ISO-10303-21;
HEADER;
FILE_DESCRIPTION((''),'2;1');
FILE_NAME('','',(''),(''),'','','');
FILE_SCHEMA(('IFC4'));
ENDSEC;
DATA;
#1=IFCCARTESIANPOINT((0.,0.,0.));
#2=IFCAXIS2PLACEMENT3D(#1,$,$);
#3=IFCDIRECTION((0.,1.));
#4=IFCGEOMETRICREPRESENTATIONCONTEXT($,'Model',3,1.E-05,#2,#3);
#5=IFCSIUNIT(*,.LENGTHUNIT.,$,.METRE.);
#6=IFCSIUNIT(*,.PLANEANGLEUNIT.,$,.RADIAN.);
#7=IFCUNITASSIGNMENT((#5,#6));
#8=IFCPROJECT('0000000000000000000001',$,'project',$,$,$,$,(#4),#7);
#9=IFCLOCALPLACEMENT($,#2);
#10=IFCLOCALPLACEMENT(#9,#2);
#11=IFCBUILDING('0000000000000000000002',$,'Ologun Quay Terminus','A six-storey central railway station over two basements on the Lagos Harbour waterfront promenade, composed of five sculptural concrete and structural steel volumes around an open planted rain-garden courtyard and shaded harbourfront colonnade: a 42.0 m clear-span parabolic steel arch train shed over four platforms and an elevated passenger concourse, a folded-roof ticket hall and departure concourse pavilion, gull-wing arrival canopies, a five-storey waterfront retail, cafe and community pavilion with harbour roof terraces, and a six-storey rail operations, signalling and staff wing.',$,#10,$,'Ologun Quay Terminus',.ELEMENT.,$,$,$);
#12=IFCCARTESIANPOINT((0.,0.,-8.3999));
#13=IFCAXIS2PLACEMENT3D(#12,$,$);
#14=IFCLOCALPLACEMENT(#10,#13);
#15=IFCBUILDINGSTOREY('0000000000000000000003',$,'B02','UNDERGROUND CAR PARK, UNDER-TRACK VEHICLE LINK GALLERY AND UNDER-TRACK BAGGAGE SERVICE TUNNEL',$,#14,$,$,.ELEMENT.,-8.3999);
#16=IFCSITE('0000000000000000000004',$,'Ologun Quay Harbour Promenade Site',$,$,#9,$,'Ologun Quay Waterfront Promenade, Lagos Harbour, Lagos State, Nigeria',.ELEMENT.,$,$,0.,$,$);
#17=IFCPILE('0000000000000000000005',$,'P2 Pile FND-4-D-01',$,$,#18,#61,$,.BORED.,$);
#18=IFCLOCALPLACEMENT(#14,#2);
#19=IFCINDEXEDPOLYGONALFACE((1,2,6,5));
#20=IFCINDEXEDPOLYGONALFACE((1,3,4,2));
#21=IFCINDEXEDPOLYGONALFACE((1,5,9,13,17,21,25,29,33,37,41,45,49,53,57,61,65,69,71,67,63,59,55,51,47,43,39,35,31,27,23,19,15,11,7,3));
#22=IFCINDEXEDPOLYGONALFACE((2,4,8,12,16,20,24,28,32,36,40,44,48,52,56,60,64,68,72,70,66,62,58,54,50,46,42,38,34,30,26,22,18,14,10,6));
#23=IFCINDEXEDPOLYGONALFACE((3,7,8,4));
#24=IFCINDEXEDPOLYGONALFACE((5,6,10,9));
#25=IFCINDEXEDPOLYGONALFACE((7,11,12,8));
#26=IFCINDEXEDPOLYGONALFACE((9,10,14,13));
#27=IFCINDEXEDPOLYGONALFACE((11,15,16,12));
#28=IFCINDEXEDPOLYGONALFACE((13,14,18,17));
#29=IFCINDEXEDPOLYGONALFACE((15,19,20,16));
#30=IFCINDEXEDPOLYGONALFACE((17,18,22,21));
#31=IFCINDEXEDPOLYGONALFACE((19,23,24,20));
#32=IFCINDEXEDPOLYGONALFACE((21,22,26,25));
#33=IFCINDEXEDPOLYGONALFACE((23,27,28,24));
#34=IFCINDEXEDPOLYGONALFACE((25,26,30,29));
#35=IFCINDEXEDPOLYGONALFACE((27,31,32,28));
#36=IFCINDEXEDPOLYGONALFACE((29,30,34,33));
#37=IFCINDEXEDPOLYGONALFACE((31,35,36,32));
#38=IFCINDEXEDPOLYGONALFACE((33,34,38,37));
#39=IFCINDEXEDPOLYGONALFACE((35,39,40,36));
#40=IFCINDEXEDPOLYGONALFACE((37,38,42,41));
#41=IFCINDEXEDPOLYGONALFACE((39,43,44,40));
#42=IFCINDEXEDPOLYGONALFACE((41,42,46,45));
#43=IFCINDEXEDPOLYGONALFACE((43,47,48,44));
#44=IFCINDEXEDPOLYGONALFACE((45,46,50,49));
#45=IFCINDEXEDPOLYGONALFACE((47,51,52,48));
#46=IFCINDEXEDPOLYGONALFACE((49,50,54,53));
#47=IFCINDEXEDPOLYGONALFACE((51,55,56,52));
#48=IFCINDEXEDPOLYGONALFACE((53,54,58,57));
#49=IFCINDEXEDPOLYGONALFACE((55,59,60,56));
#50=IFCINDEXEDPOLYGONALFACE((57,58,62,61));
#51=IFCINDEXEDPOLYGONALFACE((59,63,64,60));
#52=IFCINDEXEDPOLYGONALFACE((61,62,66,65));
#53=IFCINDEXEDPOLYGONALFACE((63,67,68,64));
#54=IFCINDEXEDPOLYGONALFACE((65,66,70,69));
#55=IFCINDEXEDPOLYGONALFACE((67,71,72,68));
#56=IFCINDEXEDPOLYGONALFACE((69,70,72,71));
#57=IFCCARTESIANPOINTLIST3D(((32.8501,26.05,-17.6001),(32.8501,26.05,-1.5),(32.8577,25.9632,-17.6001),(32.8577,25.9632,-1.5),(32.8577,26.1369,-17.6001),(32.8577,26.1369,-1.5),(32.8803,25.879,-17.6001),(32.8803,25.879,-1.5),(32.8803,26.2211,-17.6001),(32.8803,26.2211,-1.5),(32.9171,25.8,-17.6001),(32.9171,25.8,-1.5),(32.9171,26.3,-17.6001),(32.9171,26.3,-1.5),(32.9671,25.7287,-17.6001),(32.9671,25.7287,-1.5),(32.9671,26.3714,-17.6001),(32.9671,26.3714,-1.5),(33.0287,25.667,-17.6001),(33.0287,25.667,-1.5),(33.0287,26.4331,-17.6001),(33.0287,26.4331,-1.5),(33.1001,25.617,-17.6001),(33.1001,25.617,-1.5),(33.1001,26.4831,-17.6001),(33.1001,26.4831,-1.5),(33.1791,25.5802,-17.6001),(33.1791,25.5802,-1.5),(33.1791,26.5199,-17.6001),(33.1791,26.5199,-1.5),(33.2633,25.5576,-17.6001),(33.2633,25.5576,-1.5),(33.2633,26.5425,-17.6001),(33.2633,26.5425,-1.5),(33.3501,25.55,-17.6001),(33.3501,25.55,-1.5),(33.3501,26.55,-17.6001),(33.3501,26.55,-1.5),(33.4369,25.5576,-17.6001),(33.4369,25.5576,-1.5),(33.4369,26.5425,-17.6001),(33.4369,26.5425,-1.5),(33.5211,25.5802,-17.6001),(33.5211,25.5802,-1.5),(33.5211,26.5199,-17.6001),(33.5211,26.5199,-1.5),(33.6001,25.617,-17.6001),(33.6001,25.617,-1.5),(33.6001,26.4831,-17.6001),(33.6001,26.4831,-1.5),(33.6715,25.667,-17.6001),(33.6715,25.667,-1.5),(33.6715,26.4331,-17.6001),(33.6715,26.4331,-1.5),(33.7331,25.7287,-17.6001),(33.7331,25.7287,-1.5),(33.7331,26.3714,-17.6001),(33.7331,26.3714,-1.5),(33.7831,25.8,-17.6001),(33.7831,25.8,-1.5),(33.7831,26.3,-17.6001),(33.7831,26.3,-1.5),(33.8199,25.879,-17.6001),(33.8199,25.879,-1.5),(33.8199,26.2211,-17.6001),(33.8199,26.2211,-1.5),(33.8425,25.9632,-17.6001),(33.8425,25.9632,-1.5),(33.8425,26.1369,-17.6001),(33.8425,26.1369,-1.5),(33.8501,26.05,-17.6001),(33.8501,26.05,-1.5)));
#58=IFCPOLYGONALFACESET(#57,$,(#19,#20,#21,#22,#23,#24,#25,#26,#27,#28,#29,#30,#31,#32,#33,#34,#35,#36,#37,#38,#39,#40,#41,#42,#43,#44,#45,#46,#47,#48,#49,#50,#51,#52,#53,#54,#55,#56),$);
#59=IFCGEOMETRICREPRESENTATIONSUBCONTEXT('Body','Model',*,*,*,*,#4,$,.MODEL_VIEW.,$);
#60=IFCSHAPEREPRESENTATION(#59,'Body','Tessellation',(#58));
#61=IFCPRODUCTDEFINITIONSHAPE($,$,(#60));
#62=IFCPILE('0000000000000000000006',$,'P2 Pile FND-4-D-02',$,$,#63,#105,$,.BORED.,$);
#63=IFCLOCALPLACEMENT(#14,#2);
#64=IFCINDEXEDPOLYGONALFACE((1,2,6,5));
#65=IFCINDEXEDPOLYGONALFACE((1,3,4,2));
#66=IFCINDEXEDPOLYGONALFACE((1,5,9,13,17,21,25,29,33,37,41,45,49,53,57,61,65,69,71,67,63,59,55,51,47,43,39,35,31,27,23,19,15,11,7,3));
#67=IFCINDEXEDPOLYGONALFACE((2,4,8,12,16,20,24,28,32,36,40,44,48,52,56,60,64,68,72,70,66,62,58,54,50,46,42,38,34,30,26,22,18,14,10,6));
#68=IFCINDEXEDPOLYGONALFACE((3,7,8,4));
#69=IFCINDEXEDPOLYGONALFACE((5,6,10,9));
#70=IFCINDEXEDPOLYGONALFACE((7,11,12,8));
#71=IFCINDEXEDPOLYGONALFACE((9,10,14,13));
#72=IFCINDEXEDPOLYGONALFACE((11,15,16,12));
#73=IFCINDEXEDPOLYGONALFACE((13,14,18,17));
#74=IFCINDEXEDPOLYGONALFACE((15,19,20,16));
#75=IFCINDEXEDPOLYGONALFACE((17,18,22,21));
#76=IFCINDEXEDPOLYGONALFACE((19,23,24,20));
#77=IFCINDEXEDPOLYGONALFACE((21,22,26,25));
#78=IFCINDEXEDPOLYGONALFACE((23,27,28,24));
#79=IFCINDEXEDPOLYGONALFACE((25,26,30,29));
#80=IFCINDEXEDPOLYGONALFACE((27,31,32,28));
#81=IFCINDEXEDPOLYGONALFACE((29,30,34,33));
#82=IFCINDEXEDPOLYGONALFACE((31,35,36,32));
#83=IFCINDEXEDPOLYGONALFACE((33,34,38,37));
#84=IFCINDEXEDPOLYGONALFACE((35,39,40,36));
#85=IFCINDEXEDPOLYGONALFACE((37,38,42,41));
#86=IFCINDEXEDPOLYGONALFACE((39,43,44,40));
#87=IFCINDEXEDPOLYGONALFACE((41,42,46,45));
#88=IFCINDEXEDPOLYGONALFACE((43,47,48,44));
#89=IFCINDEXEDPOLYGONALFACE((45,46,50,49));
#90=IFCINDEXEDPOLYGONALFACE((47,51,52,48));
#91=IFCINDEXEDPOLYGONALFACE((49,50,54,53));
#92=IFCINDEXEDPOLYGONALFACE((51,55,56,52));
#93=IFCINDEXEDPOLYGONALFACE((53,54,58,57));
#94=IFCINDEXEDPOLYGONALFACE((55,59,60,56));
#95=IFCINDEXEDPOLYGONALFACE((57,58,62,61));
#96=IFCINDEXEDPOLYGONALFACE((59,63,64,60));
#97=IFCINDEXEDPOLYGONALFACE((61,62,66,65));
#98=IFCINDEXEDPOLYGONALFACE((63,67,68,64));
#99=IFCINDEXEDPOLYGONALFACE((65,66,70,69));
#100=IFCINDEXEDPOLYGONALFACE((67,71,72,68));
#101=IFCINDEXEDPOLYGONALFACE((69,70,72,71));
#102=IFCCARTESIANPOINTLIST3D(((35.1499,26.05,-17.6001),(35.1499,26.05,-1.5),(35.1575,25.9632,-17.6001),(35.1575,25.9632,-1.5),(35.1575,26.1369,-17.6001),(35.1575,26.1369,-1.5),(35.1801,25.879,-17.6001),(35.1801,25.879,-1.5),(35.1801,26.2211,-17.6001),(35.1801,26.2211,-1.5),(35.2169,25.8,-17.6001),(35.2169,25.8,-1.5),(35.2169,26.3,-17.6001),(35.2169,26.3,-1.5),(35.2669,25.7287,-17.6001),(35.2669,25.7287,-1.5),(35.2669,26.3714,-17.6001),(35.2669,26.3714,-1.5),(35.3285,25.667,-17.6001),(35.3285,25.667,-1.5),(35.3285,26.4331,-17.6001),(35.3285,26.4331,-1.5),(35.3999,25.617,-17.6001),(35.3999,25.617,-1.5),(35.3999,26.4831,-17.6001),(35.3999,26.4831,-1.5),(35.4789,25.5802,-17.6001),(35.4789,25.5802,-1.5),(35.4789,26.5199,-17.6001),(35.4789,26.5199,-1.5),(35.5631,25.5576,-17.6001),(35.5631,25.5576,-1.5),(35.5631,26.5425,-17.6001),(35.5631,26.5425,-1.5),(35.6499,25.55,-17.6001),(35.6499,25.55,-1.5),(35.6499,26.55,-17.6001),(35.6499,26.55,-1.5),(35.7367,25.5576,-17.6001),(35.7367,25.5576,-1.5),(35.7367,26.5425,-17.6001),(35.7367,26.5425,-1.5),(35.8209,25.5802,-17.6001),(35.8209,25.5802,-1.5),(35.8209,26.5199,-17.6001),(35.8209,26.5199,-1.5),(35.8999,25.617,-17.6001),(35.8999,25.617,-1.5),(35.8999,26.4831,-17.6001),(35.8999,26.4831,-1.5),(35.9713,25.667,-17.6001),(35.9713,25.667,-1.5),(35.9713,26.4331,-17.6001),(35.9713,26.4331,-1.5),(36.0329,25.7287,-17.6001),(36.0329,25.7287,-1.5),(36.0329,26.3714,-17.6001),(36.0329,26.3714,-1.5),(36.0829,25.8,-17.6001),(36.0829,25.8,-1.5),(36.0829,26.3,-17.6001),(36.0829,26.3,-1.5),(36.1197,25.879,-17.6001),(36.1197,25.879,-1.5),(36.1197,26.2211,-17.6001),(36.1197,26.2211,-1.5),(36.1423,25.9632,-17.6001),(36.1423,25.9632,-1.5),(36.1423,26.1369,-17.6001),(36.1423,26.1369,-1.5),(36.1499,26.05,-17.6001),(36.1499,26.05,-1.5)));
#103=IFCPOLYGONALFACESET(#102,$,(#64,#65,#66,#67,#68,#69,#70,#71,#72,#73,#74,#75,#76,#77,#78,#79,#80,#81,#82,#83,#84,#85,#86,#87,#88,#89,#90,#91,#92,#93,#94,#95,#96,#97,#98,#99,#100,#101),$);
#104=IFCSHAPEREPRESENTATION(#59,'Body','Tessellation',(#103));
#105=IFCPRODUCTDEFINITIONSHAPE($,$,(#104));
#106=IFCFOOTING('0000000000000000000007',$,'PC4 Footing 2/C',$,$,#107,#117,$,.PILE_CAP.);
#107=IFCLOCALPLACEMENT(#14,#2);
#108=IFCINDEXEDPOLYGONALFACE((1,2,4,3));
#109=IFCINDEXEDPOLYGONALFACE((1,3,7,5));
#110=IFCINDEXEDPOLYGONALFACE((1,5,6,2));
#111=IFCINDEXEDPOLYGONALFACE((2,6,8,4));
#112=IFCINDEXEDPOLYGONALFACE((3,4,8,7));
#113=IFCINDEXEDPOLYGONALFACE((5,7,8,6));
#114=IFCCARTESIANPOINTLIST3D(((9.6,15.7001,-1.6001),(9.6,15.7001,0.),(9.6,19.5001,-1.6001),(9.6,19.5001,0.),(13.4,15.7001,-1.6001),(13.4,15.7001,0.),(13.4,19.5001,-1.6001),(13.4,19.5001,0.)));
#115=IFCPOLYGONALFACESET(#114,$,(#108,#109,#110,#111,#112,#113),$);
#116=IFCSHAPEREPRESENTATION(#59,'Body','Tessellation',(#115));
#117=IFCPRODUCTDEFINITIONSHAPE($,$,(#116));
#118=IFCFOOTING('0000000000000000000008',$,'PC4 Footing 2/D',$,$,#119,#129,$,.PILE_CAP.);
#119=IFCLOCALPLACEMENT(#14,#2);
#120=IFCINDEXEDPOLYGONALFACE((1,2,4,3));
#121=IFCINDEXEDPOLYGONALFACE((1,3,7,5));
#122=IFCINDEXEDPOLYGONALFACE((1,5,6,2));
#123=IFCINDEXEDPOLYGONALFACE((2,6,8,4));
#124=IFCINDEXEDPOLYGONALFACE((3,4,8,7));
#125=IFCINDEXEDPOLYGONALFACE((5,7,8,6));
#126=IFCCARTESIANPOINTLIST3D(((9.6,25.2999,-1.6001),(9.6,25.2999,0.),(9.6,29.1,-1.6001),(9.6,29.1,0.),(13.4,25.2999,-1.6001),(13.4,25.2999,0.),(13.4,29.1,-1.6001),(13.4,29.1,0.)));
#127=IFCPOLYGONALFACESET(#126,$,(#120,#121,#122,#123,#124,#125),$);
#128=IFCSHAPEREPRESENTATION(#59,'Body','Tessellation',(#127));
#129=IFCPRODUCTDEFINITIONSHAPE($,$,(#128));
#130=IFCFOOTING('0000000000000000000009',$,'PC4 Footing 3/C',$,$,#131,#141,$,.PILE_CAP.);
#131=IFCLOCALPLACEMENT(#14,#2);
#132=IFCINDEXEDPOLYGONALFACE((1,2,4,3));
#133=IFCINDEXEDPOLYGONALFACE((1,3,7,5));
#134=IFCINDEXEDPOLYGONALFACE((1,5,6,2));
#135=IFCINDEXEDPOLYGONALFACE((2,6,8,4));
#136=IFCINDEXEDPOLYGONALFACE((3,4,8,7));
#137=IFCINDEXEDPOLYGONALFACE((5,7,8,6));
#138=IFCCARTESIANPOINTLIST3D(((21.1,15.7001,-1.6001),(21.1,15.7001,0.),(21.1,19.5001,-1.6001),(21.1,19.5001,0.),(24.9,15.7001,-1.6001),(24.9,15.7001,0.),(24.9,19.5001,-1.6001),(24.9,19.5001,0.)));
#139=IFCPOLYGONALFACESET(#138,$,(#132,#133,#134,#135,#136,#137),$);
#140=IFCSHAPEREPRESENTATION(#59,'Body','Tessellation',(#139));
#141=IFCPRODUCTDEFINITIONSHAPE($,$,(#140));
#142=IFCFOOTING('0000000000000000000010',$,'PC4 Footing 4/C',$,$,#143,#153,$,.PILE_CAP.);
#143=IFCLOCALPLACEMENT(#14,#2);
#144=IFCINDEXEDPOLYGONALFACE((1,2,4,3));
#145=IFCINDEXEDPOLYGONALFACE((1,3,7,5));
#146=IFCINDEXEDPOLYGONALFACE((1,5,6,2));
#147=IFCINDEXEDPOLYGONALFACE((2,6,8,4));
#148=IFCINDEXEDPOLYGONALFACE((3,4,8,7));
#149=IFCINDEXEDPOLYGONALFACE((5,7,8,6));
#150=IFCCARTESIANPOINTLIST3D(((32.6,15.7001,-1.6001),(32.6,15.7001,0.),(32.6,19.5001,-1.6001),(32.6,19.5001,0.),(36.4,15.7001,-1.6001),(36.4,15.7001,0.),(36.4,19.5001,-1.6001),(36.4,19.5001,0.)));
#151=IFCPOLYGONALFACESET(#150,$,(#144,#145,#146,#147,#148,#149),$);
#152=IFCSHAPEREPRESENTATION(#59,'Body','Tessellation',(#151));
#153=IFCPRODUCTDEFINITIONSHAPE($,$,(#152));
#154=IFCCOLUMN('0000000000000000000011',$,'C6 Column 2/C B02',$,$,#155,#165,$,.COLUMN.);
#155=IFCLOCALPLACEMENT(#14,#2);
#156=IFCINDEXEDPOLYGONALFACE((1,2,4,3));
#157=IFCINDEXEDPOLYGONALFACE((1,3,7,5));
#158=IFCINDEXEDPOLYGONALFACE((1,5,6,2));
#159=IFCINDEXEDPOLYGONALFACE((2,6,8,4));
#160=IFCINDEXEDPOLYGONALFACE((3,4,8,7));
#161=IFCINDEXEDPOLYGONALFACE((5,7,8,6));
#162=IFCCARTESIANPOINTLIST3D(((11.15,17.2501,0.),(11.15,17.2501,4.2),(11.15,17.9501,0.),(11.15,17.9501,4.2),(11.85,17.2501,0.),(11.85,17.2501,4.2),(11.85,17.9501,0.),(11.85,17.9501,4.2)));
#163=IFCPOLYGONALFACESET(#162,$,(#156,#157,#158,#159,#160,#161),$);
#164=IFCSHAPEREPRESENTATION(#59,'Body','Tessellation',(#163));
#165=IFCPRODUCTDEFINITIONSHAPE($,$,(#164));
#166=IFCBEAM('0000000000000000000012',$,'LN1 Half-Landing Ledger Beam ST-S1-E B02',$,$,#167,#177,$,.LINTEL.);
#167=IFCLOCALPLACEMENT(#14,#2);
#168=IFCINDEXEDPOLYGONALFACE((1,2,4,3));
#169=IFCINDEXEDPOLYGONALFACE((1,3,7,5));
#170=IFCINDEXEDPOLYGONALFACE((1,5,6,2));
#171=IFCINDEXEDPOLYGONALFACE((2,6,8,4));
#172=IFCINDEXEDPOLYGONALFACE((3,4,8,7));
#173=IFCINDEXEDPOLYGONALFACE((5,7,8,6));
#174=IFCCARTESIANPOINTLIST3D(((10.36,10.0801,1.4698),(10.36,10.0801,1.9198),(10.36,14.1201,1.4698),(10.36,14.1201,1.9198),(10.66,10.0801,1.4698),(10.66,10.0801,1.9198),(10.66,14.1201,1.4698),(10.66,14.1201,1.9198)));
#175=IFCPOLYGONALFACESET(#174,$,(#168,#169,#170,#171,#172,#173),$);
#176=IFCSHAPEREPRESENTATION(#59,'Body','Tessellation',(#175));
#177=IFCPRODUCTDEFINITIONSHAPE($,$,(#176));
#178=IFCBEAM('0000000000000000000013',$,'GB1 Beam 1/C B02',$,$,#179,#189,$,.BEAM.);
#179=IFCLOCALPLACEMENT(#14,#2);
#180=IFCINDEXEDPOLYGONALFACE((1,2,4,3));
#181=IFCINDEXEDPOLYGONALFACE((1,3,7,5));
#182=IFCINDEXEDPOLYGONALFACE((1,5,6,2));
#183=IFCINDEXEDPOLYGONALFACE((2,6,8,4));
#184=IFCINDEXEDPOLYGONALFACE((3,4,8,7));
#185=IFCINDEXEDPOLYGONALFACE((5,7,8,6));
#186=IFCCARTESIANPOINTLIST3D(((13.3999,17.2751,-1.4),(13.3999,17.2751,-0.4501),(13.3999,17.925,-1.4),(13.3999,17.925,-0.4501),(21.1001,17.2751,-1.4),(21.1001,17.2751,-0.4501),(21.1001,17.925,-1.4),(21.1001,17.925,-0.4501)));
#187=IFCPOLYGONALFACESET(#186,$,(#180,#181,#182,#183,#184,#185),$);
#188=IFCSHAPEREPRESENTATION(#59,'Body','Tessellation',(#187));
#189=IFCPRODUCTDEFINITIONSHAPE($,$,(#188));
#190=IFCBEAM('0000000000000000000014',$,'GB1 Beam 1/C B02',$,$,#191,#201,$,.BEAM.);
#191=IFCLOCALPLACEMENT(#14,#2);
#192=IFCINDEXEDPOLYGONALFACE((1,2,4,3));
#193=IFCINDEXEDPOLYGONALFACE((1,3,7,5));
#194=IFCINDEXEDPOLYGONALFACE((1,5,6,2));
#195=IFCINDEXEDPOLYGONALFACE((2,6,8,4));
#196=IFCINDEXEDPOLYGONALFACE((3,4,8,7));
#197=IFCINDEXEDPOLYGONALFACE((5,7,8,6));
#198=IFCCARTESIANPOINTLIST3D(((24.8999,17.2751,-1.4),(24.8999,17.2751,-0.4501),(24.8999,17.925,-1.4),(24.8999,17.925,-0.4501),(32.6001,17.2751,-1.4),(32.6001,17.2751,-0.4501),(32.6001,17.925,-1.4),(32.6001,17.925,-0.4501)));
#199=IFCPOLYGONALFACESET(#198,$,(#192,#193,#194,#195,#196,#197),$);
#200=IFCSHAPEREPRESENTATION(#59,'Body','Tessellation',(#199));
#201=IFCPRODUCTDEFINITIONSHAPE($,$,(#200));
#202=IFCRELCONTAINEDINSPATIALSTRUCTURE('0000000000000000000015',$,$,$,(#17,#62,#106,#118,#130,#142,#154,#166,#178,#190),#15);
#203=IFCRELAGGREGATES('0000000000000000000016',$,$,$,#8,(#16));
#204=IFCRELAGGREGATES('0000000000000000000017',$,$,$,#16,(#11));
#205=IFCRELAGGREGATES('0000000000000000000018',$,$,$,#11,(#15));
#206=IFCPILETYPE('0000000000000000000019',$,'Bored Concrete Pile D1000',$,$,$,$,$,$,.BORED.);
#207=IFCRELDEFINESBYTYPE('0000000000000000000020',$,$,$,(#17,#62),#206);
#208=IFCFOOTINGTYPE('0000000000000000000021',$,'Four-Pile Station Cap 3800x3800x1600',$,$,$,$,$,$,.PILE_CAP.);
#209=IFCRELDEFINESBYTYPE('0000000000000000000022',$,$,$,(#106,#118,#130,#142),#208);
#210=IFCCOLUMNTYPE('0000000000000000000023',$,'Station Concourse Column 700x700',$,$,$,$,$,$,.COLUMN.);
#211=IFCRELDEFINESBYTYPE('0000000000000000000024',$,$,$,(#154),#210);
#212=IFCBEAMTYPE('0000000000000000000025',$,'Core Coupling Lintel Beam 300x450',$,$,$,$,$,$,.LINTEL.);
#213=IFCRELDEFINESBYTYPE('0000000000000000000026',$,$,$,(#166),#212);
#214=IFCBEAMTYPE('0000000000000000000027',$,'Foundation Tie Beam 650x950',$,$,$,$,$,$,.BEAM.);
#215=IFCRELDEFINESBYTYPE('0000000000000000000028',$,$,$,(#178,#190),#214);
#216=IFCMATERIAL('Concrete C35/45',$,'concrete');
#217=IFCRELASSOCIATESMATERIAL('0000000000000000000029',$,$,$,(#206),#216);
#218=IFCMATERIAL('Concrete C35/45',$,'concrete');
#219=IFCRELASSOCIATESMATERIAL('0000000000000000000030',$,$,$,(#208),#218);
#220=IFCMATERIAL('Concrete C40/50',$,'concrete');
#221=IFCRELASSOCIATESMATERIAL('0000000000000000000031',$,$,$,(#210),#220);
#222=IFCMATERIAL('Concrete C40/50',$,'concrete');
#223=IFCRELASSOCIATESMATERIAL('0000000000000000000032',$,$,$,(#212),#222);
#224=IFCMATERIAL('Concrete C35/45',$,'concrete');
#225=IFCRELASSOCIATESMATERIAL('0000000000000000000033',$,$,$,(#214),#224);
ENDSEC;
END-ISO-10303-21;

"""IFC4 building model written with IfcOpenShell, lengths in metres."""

from ifc_helpers import new_model, si_unit, direction, frame, origin, origin_2d, place, context, subcontext, project, spatial, rectangle, circle, extrude, material, material_profile, profile_set, type_object, element, save


model = new_model("IFC4")

# Units and contexts
model_context = context("Model", 3, precision=1e-05, world=origin(), true_north=direction((0.0, 1.0)))
body_context = subcontext(model_context, "Body", "Model", "MODEL_VIEW")
ifc_project = project(units=[si_unit("LENGTHUNIT", "METRE"), si_unit("PLANEANGLEUNIT", "RADIAN")], contexts=[model_context])

# Site, building, storey
site_placement = place(None, origin())
site = spatial("IfcSite", under=ifc_project, at=site_placement, Name="Ologun Quay Harbour Promenade Site", LongName="Ologun Quay Waterfront Promenade, Lagos Harbour, Lagos State, Nigeria", CompositionType="ELEMENT", RefElevation=0.0)
building_placement = place(site_placement, origin())
building = spatial("IfcBuilding", under=site, at=building_placement, Name="Ologun Quay Terminus", Description="A six-storey central railway station over two basements on the Lagos Harbour waterfront promenade, composed of five sculptural concrete and structural steel volumes around an open planted rain-garden courtyard and shaded harbourfront colonnade: a 42.0 m clear-span parabolic steel arch train shed over four platforms and an elevated passenger concourse, a folded-roof ticket hall and departure concourse pavilion, gull-wing arrival canopies, a five-storey waterfront retail, cafe and community pavilion with harbour roof terraces, and a six-storey rail operations, signalling and staff wing.", LongName="Ologun Quay Terminus", CompositionType="ELEMENT")
storey_placement = place(building_placement, frame((0.0, 0.0, -8.3999)))
storey = spatial("IfcBuildingStorey", under=building, at=storey_placement, Name="B02", Description="UNDERGROUND CAR PARK, UNDER-TRACK VEHICLE LINK GALLERY AND UNDER-TRACK BAGGAGE SERVICE TUNNEL", CompositionType="ELEMENT", Elevation=-8.3999)

# Piles
ifc_material_1 = material(Name="Concrete C35/45", Category="concrete")
ifc_material_profile_1 = material_profile(ifc_material_1, circle(Radius=0.5, at=origin_2d()), Name="PILE D1000")
ifc_profile_set_1 = profile_set([ifc_material_profile_1], Name="Concrete C35/45")
pile_type = type_object("IfcPileType", Name="Bored Concrete Pile D1000", PredefinedType="BORED", material=ifc_profile_set_1)
for number, where, z_axis, x_axis, name in (
    (1, (33.3501, 26.05, -1.5), (0.0, 0.0, -1.0), (1.0, 0.0, 0.0), "P2 Pile FND-4-D-01"),
    (2, (35.6499, 26.05, -1.5), (0.0, 0.0, -1.0), (1.0, 0.0, 0.0), "P2 Pile FND-4-D-02"),
):
    element("IfcPile", number, at=place(storey_placement, frame(where, z_axis=z_axis, x_axis=x_axis)), inside=storey, type_object=pile_type, Name=name, PredefinedType="BORED", context=body_context, shape_type="SweptSolid", body=[
        extrude(circle(Radius=0.5, at=origin_2d()), origin(), (0.0, 0.0, 1.0), 16.1001),
    ])

# Footings
ifc_material_2 = material(Name="Concrete C35/45", Category="concrete")
footing_type = type_object("IfcFootingType", Name="Four-Pile Station Cap 3800x3800x1600", PredefinedType="PILE_CAP", material=ifc_material_2)
for number, where, z_axis, x_axis, name in (
    (3, (11.5, 17.6001, -1.6001), (0.0, 0.0, 1.0), (1.0, 0.0, 0.0), "PC4 Footing 2/C"),
    (4, (11.5, 27.2, -1.6001), (0.0, 0.0, 1.0), (1.0, 0.0, 0.0), "PC4 Footing 2/D"),
    (5, (23.0, 17.6001, -1.6001), (0.0, 0.0, 1.0), (1.0, 0.0, 0.0), "PC4 Footing 3/C"),
    (6, (34.5, 17.6001, -1.6001), (0.0, 0.0, 1.0), (1.0, 0.0, 0.0), "PC4 Footing 4/C"),
):
    element("IfcFooting", number, at=place(storey_placement, frame(where, z_axis=z_axis, x_axis=x_axis)), inside=storey, type_object=footing_type, Name=name, PredefinedType="PILE_CAP", context=body_context, shape_type="SweptSolid", body=[
        extrude(rectangle(XDim=3.8, YDim=3.8, at=origin_2d()), origin(), (0.0, 0.0, 1.0), 1.6001),
    ])

# Column
ifc_material_3 = material(Name="Concrete C40/50", Category="concrete")
ifc_material_profile_2 = material_profile(ifc_material_3, rectangle(XDim=0.7, YDim=0.7, at=origin_2d()), Name="RC 700x700")
ifc_profile_set_2 = profile_set([ifc_material_profile_2], Name="Concrete C40/50")
column_type = type_object("IfcColumnType", Name="Station Concourse Column 700x700", PredefinedType="COLUMN", material=ifc_profile_set_2)
column_placement = place(storey_placement, frame((11.5, 17.6001, 0.0), z_axis=(0.0, 0.0, 1.0), x_axis=(1.0, 0.0, 0.0)))
element("IfcColumn", 7, at=column_placement, inside=storey, type_object=column_type, Name="C6 Column 2/C B02", PredefinedType="COLUMN", context=body_context, shape_type="SweptSolid", body=[
    extrude(rectangle(XDim=0.7, YDim=0.7, at=origin_2d()), origin(), (0.0, 0.0, 1.0), 4.2),
])

# Beams
ifc_material_4 = material(Name="Concrete C40/50", Category="concrete")
ifc_material_profile_3 = material_profile(ifc_material_4, rectangle(XDim=0.3, YDim=0.45, at=origin_2d()), Name="RC 300x450")
ifc_profile_set_3 = profile_set([ifc_material_profile_3], Name="Concrete C40/50")
beam_type_1 = type_object("IfcBeamType", Name="Core Coupling Lintel Beam 300x450", PredefinedType="LINTEL", material=ifc_profile_set_3)
beam_1_placement = place(storey_placement, frame((10.51, 10.0801, 1.6948), z_axis=(0.0, 1.0, 0.0), x_axis=(-1.0, 0.0, 0.0)))
element("IfcBeam", 8, at=beam_1_placement, inside=storey, type_object=beam_type_1, Name="LN1 Half-Landing Ledger Beam ST-S1-E B02", PredefinedType="LINTEL", context=body_context, shape_type="SweptSolid", body=[
    extrude(rectangle(XDim=0.3, YDim=0.45, at=origin_2d()), origin(), (0.0, 0.0, 1.0), 4.04),
])
ifc_material_5 = material(Name="Concrete C35/45", Category="concrete")
ifc_material_profile_4 = material_profile(ifc_material_5, rectangle(XDim=0.6499, YDim=0.95, at=origin_2d()), Name="RC 650x950")
ifc_profile_set_4 = profile_set([ifc_material_profile_4], Name="Concrete C35/45")
beam_type_2 = type_object("IfcBeamType", Name="Foundation Tie Beam 650x950", PredefinedType="BEAM", material=ifc_profile_set_4)
for number, where, z_axis, x_axis, name in (
    (9, (13.3999, 17.6001, -0.925), (1.0, 0.0, 0.0), (0.0, 1.0, 0.0), "GB1 Beam 1/C B02"),
    (10, (24.8999, 17.6001, -0.925), (1.0, 0.0, 0.0), (0.0, 1.0, 0.0), "GB1 Beam 1/C B02"),
):
    element("IfcBeam", number, at=place(storey_placement, frame(where, z_axis=z_axis, x_axis=x_axis)), inside=storey, type_object=beam_type_2, Name=name, PredefinedType="BEAM", context=body_context, shape_type="SweptSolid", body=[
        extrude(rectangle(XDim=0.6499, YDim=0.95, at=origin_2d()), origin(), (0.0, 0.0, 1.0), 7.7002),
    ])

save(model, "model.ifc")
